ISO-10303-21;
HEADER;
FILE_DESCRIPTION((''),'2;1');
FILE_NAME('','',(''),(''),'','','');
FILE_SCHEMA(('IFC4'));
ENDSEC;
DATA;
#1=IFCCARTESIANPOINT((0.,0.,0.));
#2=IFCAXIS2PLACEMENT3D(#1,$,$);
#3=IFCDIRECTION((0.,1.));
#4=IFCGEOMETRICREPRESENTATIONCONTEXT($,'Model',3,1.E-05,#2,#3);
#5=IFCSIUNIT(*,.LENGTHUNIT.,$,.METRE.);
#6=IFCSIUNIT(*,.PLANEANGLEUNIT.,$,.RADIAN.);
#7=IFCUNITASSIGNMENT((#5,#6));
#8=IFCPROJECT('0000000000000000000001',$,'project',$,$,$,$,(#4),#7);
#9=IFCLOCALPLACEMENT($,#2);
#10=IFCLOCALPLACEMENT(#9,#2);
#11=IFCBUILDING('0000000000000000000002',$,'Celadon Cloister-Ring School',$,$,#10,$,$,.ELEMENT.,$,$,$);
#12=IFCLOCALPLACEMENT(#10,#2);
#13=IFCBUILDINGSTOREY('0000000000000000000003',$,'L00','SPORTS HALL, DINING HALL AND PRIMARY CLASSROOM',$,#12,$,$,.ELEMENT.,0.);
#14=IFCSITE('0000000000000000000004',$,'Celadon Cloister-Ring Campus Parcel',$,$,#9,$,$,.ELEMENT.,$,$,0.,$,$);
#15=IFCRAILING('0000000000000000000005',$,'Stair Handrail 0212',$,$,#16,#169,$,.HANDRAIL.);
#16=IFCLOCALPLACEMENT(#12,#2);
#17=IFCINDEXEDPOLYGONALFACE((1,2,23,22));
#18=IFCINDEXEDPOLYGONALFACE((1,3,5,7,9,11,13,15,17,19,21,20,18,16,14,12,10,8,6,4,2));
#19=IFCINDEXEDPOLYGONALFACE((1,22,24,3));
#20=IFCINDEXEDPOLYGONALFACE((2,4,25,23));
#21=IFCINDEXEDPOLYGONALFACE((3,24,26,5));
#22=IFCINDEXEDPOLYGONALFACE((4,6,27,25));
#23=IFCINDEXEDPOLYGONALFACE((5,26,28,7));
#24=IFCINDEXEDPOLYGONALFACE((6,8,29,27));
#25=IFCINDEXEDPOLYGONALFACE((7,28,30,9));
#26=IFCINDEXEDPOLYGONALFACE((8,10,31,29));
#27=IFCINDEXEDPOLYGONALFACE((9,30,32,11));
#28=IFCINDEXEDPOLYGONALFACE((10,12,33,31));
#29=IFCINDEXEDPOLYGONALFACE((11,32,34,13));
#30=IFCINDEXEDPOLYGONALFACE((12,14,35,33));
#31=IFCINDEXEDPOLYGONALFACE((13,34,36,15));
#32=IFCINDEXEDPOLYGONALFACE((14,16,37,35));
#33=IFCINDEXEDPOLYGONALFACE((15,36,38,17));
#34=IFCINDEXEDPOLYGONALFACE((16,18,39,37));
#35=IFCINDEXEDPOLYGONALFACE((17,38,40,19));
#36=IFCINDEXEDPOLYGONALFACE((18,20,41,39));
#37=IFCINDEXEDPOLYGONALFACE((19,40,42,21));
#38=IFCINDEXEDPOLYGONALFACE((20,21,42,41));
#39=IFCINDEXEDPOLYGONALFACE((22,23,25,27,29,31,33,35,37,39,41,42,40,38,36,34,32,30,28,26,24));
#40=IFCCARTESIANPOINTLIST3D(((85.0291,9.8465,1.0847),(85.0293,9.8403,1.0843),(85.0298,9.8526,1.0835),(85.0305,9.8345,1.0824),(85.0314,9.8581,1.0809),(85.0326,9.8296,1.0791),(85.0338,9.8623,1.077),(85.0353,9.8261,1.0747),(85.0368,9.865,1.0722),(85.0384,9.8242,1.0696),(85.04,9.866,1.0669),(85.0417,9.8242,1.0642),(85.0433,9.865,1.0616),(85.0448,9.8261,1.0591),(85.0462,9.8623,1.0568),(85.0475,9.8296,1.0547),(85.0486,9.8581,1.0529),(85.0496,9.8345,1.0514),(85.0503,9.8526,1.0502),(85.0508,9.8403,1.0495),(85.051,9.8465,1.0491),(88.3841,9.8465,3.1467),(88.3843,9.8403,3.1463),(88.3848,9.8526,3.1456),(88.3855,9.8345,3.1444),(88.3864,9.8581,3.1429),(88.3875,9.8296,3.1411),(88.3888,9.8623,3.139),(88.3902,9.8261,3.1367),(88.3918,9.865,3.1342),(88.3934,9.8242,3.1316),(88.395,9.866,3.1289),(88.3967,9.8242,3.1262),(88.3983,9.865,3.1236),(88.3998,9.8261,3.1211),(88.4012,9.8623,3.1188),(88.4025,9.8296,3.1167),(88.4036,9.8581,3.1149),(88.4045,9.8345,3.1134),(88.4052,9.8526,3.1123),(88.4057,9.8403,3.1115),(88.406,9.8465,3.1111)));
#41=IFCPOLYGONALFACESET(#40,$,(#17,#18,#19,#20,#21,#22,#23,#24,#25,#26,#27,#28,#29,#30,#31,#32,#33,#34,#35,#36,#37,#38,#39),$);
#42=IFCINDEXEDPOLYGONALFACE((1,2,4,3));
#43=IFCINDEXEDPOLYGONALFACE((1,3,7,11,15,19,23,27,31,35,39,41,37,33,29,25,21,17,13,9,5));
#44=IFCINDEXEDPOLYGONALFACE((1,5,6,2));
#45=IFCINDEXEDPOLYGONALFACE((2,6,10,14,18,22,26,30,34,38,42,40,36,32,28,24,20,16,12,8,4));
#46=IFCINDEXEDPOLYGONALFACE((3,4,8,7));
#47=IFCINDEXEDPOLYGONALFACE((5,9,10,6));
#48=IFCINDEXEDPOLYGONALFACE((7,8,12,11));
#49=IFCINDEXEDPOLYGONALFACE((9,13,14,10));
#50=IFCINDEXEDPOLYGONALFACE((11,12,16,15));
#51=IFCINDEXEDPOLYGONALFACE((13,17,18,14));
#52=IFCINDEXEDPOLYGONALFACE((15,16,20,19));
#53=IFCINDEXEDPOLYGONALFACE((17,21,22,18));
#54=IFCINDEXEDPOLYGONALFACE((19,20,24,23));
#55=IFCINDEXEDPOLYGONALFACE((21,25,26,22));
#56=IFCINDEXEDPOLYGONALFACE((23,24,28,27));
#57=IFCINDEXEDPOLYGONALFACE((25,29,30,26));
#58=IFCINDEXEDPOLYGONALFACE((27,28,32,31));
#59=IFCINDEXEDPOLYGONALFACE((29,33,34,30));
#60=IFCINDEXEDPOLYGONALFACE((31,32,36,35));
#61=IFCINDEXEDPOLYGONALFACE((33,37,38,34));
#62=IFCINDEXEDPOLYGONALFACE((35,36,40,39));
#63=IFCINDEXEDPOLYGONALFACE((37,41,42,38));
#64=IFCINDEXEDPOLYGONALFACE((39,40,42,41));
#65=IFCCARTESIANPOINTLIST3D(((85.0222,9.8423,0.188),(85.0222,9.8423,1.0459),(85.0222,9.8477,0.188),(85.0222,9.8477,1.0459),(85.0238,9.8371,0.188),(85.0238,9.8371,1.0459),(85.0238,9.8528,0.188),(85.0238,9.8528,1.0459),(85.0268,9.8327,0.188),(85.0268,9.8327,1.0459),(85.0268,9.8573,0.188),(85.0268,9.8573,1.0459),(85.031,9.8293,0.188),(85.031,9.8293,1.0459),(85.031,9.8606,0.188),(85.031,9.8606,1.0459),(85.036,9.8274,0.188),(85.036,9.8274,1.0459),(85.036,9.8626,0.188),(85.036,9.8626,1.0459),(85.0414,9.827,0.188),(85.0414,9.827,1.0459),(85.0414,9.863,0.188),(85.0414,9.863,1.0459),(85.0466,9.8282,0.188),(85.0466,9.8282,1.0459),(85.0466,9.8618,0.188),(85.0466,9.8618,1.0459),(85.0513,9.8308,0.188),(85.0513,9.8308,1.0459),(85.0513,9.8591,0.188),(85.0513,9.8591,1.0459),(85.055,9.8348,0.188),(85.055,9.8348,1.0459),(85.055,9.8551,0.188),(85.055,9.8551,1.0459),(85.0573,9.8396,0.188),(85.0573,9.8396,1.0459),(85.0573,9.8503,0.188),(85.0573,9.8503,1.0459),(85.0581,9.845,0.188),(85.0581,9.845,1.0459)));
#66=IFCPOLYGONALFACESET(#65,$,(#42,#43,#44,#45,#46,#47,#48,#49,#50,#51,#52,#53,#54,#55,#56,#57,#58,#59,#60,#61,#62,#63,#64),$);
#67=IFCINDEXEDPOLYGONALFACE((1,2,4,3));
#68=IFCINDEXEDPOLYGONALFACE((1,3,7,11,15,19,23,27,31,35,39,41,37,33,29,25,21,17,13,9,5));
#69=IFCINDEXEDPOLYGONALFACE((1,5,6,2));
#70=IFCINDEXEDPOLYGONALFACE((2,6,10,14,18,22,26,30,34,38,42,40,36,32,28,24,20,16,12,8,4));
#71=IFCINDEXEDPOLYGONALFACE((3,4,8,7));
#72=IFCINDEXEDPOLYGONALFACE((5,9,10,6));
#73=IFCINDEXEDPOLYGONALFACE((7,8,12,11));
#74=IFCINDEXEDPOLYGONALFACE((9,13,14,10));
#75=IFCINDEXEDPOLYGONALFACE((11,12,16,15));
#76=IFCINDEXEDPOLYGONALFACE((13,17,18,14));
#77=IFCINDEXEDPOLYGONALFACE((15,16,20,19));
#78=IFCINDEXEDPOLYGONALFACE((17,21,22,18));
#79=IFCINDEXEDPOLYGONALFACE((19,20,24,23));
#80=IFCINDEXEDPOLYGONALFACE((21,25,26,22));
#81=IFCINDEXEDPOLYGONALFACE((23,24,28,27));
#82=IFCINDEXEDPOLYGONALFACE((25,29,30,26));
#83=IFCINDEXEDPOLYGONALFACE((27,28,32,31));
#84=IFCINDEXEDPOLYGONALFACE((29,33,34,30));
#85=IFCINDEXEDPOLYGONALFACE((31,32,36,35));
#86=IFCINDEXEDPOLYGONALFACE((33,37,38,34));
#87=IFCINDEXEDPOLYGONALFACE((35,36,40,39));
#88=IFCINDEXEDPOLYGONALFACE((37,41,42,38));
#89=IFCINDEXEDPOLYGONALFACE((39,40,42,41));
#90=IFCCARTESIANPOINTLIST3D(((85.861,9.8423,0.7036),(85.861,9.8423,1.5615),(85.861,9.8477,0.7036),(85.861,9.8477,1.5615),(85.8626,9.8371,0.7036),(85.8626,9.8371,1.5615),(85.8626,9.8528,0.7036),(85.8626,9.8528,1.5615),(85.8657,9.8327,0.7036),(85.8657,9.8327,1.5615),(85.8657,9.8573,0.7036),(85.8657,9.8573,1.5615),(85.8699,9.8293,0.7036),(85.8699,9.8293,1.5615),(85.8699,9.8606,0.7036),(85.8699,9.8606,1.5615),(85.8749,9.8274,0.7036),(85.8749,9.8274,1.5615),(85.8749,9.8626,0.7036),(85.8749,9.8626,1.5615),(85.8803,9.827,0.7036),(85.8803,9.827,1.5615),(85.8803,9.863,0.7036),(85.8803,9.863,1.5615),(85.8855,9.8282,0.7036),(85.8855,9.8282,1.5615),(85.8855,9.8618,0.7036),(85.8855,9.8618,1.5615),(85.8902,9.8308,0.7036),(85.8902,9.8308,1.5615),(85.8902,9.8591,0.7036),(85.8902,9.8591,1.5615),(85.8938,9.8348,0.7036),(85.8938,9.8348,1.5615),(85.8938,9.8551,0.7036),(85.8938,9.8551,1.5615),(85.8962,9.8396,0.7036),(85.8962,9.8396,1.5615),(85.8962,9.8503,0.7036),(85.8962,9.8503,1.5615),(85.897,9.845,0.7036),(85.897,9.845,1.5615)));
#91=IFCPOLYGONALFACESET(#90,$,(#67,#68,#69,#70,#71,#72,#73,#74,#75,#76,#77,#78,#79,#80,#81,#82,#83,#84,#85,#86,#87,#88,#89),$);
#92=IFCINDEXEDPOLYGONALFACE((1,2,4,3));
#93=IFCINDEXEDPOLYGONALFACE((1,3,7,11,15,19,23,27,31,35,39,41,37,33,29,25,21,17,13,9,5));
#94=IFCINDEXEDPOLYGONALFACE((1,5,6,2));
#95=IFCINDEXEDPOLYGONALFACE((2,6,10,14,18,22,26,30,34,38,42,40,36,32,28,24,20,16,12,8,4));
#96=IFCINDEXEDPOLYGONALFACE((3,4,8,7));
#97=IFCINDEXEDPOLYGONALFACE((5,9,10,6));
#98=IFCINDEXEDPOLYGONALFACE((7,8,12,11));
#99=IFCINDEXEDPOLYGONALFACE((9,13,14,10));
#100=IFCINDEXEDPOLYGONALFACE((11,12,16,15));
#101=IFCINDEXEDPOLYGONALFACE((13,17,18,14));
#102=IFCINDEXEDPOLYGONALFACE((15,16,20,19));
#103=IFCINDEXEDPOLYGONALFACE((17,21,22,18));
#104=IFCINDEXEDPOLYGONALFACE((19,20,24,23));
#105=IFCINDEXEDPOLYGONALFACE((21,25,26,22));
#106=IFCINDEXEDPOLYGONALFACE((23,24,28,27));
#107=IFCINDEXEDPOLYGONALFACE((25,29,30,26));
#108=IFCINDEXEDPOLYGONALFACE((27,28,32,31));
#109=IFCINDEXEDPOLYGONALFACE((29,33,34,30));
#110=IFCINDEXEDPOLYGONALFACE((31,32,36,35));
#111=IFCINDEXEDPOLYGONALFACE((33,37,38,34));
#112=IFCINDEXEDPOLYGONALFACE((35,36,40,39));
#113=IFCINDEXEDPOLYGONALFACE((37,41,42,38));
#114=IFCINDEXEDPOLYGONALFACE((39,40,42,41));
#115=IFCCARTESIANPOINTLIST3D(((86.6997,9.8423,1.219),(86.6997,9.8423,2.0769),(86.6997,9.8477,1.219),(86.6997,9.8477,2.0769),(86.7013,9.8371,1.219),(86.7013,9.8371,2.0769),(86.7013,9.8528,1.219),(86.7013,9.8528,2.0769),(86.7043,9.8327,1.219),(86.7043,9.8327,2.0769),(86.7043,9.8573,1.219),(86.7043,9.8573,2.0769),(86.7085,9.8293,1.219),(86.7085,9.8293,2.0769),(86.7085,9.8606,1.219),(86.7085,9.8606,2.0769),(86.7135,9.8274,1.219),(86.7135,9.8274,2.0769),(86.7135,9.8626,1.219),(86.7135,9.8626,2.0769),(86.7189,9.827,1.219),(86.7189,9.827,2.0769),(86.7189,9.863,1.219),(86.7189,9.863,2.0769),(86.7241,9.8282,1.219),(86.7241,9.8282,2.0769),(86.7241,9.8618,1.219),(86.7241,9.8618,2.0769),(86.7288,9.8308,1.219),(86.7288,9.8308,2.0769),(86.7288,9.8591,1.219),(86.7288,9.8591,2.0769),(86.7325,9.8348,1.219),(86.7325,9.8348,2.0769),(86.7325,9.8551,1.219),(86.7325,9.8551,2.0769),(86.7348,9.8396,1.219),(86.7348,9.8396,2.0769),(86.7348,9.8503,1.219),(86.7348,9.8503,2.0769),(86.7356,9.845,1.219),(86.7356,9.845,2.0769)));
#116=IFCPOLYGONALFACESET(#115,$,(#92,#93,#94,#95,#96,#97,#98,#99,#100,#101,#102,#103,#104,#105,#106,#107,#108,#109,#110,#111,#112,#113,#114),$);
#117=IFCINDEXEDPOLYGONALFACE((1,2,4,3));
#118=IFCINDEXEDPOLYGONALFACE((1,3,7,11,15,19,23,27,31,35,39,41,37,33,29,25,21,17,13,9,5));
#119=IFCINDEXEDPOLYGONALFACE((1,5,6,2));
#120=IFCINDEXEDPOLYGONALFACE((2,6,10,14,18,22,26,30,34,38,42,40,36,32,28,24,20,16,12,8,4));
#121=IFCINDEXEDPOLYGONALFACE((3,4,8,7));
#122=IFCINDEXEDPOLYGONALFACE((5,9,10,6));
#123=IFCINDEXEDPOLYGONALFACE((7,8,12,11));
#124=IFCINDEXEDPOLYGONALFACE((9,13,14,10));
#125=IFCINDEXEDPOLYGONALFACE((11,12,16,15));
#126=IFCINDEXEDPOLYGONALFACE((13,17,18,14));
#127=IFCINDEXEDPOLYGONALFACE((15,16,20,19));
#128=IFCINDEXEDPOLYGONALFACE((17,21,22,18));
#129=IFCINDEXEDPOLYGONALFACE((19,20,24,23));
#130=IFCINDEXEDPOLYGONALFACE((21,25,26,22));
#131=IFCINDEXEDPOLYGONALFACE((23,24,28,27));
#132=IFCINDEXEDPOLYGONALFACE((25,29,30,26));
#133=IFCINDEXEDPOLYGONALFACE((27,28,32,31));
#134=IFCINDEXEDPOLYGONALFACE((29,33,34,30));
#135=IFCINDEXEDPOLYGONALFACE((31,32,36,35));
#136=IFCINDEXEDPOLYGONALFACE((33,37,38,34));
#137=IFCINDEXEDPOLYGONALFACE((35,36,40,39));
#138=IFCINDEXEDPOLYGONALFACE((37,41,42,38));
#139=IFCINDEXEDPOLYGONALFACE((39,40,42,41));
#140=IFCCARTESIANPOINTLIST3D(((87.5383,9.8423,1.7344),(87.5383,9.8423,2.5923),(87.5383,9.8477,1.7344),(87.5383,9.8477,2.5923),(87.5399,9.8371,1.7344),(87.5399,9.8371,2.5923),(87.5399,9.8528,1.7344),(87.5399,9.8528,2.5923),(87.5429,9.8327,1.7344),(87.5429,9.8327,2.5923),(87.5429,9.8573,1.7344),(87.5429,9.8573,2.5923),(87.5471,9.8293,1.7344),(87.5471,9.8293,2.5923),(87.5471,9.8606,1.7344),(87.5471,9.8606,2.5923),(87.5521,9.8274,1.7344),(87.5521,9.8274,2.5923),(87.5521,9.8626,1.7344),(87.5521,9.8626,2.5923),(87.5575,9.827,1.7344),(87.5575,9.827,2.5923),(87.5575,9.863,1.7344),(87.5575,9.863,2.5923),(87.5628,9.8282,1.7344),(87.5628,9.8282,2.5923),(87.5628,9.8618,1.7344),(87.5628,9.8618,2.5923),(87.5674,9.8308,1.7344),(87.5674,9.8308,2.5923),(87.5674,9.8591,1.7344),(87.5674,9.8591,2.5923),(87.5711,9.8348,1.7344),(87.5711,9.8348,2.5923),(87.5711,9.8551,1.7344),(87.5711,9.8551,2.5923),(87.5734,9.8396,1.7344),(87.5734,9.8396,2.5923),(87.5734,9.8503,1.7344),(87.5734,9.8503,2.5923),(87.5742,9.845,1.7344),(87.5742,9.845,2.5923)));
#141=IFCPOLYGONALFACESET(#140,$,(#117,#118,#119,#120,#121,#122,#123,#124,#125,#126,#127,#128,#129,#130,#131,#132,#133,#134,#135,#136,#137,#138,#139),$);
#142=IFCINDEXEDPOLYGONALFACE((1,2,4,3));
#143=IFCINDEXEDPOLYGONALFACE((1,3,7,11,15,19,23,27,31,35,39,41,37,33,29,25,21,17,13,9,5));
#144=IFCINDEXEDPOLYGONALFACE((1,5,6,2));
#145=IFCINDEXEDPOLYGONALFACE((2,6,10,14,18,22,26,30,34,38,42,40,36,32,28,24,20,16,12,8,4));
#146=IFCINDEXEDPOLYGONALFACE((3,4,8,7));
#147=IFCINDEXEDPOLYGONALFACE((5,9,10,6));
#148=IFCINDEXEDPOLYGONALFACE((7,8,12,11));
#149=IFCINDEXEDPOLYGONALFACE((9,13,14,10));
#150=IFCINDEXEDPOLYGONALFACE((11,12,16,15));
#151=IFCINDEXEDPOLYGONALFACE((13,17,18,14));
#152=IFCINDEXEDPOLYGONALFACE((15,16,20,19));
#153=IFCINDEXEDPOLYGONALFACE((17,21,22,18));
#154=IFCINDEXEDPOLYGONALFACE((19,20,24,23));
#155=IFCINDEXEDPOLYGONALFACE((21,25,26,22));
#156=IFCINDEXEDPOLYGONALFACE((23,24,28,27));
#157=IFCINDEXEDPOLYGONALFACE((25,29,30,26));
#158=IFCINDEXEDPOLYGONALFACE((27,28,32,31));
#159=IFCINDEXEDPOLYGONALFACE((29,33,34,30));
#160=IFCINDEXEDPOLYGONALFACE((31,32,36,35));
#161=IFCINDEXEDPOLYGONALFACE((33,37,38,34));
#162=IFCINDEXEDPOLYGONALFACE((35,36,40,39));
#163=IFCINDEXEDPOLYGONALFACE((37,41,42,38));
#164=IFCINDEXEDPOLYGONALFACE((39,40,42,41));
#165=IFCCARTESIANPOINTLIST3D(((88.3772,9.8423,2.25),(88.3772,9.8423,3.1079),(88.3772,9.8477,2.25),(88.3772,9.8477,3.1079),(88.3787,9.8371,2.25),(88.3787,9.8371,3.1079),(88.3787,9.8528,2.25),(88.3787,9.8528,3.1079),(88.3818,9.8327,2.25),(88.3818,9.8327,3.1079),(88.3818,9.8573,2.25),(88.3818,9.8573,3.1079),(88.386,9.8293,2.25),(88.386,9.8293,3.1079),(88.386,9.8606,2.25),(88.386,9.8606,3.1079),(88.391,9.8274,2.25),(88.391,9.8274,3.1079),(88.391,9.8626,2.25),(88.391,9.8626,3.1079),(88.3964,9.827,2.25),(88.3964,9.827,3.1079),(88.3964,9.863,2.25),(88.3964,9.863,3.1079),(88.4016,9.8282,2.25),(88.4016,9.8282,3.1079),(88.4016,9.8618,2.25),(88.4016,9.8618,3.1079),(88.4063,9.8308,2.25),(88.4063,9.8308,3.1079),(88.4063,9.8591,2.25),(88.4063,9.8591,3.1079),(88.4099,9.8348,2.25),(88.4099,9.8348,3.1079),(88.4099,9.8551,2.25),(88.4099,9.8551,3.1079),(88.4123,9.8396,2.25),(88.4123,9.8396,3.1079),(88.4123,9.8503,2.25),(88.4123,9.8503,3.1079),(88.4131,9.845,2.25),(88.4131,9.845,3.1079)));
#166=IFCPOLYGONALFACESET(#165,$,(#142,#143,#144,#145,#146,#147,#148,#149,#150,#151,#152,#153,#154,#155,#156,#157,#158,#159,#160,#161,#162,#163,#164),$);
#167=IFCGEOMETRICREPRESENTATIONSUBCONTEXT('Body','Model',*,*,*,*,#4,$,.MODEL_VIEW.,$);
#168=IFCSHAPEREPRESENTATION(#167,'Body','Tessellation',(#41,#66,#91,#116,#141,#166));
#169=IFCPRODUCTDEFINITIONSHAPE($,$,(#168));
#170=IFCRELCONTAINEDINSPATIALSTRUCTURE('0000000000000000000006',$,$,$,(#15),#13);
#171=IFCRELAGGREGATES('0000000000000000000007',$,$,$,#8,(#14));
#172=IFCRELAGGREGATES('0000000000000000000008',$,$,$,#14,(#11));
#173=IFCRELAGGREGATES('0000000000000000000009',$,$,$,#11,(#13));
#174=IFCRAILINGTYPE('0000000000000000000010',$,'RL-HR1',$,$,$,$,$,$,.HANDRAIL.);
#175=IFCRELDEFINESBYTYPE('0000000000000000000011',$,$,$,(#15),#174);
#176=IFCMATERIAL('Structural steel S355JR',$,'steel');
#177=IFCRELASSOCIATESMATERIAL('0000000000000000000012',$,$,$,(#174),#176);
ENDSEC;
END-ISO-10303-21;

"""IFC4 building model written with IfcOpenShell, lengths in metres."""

from ifc_helpers import new_model, si_unit, direction, frame, origin, origin_2d, place, context, subcontext, project, spatial, circle, extrude, material, type_object, element, save


model = new_model("IFC4")

# Units and contexts
model_context = context("Model", 3, precision=1e-05, world=origin(), true_north=direction((0.0, 1.0)))
body_context = subcontext(model_context, "Body", "Model", "MODEL_VIEW")
ifc_project = project(units=[si_unit("LENGTHUNIT", "METRE"), si_unit("PLANEANGLEUNIT", "RADIAN")], contexts=[model_context])

# Site, building, storey
site_placement = place(None, origin())
site = spatial("IfcSite", under=ifc_project, at=site_placement, Name="Celadon Cloister-Ring Campus Parcel", CompositionType="ELEMENT", RefElevation=0.0)
building_placement = place(site_placement, origin())
building = spatial("IfcBuilding", under=site, at=building_placement, Name="Celadon Cloister-Ring School", CompositionType="ELEMENT")
storey_placement = place(building_placement, origin())
storey = spatial("IfcBuildingStorey", under=building, at=storey_placement, Name="L00", Description="SPORTS HALL, DINING HALL AND PRIMARY CLASSROOM", CompositionType="ELEMENT", Elevation=0.0)

# Railing
ifc_material_1 = material(Name="Structural steel S355JR", Category="steel")
railing_type = type_object("IfcRailingType", Name="RL-HR1", PredefinedType="HANDRAIL", material=ifc_material_1)
for number, where, name in (
    (1, (85.04, 9.845, 0.188), "Stair Handrail 0212"),
):
    element("IfcRailing", number, at=place(storey_placement, frame(where)), inside=storey, type_object=railing_type, Name=name, PredefinedType="HANDRAIL", context=body_context, shape_type="SweptSolid", body=[
        extrude(circle(Radius=0.021, at=origin_2d()), frame((0.0, 0.0, 0.8789), z_axis=(0.851952, 0.0, 0.52362), x_axis=(0.0, 1.0, 0.0)), (0.0, 0.0, 1.0), 3.938),
        extrude(circle(Radius=0.0181, at=origin_2d()), origin(), (0.0, 0.0, 1.0), 0.8579),
        extrude(circle(Radius=0.0181, at=origin_2d()), frame((0.8389, 0.0, 0.5156)), (0.0, 0.0, 1.0), 0.8579),
        extrude(circle(Radius=0.0181, at=origin_2d()), frame((1.6775, 0.0, 1.031)), (0.0, 0.0, 1.0), 0.8579),
        extrude(circle(Radius=0.0181, at=origin_2d()), frame((2.5161, 0.0, 1.5464)), (0.0, 0.0, 1.0), 0.8579),
        extrude(circle(Radius=0.0181, at=origin_2d()), frame((3.355, 0.0, 2.062)), (0.0, 0.0, 1.0), 0.8579),
    ])

save(model, "model.ifc")
